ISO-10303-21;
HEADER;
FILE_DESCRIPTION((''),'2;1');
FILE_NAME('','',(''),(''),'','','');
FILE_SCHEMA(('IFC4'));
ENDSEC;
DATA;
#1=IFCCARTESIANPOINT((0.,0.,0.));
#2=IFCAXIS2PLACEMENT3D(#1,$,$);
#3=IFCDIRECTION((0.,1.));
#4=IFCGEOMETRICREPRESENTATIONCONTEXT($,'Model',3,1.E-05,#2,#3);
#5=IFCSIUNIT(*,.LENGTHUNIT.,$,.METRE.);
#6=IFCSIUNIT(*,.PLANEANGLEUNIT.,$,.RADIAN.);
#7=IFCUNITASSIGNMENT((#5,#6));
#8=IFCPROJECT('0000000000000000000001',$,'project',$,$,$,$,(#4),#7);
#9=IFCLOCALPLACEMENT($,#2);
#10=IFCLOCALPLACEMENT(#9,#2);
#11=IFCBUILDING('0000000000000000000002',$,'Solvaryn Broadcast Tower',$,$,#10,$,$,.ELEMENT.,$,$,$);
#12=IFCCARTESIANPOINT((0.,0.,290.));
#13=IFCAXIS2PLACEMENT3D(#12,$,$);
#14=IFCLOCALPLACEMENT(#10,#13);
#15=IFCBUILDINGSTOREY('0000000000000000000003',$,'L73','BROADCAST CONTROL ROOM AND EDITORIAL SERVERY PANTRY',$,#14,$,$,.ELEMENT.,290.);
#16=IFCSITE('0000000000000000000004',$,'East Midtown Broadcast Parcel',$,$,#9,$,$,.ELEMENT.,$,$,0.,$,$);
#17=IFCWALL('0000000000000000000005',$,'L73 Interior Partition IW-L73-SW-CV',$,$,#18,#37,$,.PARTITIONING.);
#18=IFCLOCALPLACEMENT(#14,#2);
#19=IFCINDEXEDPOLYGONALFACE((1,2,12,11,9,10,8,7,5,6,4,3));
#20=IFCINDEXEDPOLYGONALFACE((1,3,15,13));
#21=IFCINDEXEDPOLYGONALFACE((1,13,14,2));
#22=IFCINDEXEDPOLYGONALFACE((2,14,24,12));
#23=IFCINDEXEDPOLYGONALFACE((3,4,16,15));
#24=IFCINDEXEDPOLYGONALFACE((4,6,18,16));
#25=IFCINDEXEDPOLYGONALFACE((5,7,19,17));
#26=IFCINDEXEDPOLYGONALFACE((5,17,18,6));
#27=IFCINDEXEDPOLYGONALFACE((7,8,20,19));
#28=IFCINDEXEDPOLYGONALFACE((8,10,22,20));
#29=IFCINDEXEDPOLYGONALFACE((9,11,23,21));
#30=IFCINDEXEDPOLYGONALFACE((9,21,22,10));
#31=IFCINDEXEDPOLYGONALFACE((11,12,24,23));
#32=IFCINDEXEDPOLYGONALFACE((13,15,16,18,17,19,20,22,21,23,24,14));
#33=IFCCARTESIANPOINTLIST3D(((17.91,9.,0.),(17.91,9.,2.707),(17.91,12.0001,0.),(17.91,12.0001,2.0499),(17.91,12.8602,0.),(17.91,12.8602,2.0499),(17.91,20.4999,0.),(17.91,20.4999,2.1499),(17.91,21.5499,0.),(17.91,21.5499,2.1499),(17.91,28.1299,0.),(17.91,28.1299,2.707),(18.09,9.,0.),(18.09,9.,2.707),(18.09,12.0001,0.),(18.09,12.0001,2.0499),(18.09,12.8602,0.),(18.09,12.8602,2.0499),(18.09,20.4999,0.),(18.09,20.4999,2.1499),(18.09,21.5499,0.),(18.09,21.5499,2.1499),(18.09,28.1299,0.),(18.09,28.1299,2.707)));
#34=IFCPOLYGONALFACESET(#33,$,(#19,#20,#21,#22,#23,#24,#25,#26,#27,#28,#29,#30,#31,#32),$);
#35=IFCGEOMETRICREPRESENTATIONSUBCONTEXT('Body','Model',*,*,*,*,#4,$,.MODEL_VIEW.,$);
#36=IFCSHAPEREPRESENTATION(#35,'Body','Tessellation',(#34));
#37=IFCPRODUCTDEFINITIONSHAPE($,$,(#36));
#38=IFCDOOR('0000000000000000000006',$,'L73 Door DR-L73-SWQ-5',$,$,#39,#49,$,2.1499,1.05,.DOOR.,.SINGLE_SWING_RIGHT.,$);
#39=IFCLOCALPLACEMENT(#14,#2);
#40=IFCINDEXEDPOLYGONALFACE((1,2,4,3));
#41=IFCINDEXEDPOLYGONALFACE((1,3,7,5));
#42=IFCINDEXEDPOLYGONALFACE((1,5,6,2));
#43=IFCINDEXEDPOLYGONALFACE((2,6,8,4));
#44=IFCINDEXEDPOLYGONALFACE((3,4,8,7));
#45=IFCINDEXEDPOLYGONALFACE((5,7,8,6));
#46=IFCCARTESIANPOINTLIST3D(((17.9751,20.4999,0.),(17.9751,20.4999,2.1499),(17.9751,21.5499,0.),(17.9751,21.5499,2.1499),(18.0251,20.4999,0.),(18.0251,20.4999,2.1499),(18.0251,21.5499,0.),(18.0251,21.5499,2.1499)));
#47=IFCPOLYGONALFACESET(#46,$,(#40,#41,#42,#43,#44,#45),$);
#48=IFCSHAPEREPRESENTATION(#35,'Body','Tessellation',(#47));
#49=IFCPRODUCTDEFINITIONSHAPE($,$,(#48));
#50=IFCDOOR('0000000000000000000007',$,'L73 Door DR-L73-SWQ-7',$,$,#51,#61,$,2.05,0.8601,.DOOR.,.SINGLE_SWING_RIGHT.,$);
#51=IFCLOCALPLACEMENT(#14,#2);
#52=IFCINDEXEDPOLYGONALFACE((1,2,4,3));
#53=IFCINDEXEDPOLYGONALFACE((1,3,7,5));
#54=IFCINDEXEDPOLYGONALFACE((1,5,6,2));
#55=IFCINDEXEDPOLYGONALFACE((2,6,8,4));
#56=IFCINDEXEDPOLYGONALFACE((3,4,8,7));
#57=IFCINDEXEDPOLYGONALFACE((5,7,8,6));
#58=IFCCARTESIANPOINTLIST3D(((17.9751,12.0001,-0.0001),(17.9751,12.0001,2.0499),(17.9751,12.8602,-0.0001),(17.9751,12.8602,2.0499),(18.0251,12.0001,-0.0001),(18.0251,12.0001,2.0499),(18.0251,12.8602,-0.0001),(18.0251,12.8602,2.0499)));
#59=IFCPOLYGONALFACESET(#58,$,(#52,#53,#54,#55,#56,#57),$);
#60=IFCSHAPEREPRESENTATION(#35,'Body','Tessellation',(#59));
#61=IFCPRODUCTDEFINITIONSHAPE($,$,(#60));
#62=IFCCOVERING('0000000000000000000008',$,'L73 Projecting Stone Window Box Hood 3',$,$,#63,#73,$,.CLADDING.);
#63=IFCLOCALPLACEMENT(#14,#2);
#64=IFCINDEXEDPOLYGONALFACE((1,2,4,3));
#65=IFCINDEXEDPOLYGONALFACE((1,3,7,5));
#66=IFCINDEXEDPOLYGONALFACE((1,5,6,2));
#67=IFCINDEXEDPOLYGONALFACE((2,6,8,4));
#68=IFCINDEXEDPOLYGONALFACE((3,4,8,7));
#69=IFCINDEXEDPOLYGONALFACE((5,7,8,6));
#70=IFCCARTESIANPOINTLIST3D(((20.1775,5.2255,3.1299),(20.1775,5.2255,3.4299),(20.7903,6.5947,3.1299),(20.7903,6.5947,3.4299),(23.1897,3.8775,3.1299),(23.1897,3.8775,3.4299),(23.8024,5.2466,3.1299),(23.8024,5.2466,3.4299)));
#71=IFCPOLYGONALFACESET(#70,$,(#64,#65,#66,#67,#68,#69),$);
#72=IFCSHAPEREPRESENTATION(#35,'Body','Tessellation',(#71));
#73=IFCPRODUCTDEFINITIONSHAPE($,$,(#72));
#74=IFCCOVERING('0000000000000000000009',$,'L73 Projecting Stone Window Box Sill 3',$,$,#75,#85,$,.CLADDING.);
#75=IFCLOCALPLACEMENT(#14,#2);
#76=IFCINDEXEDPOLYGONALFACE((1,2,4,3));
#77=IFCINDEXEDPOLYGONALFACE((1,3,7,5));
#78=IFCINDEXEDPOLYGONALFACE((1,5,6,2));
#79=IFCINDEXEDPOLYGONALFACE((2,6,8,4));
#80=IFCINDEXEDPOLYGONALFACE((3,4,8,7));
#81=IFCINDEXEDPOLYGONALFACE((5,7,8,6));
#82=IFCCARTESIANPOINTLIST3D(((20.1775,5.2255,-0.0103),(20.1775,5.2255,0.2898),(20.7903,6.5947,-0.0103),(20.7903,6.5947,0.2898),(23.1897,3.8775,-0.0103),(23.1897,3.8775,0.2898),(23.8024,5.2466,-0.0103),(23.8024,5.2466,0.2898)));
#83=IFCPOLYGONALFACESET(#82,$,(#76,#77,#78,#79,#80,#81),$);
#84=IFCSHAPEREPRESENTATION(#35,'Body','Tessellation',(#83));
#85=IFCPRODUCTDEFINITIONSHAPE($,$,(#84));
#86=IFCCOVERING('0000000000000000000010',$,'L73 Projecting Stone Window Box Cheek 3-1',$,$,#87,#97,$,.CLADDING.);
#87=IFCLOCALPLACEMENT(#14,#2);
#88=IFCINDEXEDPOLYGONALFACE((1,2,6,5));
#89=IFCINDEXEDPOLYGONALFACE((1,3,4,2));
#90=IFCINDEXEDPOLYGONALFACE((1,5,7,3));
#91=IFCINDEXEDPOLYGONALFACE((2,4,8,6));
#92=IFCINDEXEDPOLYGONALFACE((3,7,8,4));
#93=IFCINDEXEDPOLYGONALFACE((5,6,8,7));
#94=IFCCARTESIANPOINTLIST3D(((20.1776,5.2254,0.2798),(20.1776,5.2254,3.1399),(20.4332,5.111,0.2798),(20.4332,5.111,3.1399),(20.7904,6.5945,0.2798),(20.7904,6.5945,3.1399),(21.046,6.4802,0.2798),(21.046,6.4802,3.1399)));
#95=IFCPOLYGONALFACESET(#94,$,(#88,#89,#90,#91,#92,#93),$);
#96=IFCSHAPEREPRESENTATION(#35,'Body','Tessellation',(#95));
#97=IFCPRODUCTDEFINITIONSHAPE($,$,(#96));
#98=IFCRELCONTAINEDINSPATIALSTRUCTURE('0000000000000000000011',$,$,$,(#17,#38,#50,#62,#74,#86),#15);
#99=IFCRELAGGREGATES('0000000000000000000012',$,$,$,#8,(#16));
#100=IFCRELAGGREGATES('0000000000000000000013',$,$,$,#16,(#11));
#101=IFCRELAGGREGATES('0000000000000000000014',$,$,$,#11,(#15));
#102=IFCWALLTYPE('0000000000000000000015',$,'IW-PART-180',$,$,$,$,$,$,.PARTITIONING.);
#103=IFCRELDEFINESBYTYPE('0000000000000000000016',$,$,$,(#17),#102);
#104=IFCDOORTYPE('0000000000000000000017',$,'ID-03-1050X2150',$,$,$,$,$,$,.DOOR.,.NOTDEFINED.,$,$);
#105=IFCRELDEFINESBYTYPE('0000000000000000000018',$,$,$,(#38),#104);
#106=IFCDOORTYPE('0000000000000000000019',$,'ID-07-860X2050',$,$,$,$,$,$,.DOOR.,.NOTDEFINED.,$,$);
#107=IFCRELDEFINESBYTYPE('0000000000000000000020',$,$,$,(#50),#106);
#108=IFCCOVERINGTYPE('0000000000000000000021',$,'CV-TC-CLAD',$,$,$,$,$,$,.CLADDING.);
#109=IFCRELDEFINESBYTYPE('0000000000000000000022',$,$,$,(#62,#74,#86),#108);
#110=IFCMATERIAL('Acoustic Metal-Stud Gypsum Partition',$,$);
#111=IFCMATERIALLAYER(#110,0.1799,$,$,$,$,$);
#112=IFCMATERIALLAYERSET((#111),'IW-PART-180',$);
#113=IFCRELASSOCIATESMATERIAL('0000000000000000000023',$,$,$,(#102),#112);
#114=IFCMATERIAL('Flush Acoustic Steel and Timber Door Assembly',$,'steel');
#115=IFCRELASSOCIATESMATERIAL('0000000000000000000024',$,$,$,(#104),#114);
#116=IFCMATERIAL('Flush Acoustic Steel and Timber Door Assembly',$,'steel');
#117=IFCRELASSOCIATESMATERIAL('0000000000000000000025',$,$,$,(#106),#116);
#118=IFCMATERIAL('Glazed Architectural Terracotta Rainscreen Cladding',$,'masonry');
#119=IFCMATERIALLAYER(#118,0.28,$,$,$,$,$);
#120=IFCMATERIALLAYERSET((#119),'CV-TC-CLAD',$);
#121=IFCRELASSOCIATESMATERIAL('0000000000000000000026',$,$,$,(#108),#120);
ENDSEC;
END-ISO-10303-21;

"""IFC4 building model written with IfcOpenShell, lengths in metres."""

from ifc_helpers import new_model, si_unit, direction, frame, frame_2d, origin, origin_2d, place, context, subcontext, project, spatial, rectangle, extrude, material, layer, layer_set, type_object, element, fill, save


model = new_model("IFC4")

# Units and contexts
model_context = context("Model", 3, precision=1e-05, world=origin(), true_north=direction((0.0, 1.0)))
body_context = subcontext(model_context, "Body", "Model", "MODEL_VIEW")
ifc_project = project(units=[si_unit("LENGTHUNIT", "METRE"), si_unit("PLANEANGLEUNIT", "RADIAN")], contexts=[model_context])

# Site, building, storey
site_placement = place(None, origin())
site = spatial("IfcSite", under=ifc_project, at=site_placement, Name="East Midtown Broadcast Parcel", CompositionType="ELEMENT", RefElevation=0.0)
building_placement = place(site_placement, origin())
building = spatial("IfcBuilding", under=site, at=building_placement, Name="Solvaryn Broadcast Tower", CompositionType="ELEMENT")
storey_placement = place(building_placement, frame((0.0, 0.0, 290.0)))
storey = spatial("IfcBuildingStorey", under=building, at=storey_placement, Name="L73", Description="BROADCAST CONTROL ROOM AND EDITORIAL SERVERY PANTRY", CompositionType="ELEMENT", Elevation=290.0)

# Wall, openings, doors
ifc_material_1 = material(Name="Acoustic Metal-Stud Gypsum Partition")
ifc_layer_1 = layer(ifc_material_1, 0.1799)
ifc_layer_set_1 = layer_set([ifc_layer_1], Name="IW-PART-180")
wall_type_1 = type_object("IfcWallType", Name="IW-PART-180", PredefinedType="PARTITIONING", material=ifc_layer_set_1)
wall_1_placement = place(storey_placement, frame((18.0, 9.0, 0.0), z_axis=(0.0, 0.0, 1.0), x_axis=(0.0, 1.0, 0.0)))
wall_1 = element("IfcWall", 1, at=wall_1_placement, inside=storey, type_object=wall_type_1, Name="L73 Interior Partition IW-L73-SW-CV", PredefinedType="PARTITIONING", context=body_context, shape_type="SweptSolid", body=[
    extrude(rectangle(XDim=19.1299, YDim=0.1799, at=frame_2d((9.5649, 0.0))), origin(), (0.0, 0.0, 1.0), 2.707),
])
opening_1_placement = place(wall_1_placement, frame((11.5, 0.0, 0.0)))
opening_1 = element("IfcOpeningElement", 2, at=opening_1_placement, cuts=wall_1, PredefinedType="OPENING", context=body_context, shape_type="SweptSolid", body=[
    extrude(rectangle(XDim=1.05, YDim=2.1499, at=frame_2d((0.5249, 1.075))), frame((0.0, 0.0999, 0.0), z_axis=(0.0, -1.0, 0.0), x_axis=(1.0, 0.0, 0.0)), (0.0, 0.0, 1.0), 0.2),
])
opening_2_placement = place(wall_1_placement, frame((3.0, 0.0, 0.0)))
opening_2 = element("IfcOpeningElement", 3, at=opening_2_placement, cuts=wall_1, PredefinedType="OPENING", context=body_context, shape_type="SweptSolid", body=[
    extrude(rectangle(XDim=0.8601, YDim=2.05, at=frame_2d((0.4302, 1.0249))), frame((0.0, 0.0999, 0.0), z_axis=(0.0, -1.0, 0.0), x_axis=(1.0, 0.0, 0.0)), (0.0, 0.0, 1.0), 0.2),
])
ifc_material_2 = material(Name="Flush Acoustic Steel and Timber Door Assembly", Category="steel")
door_type_1 = type_object("IfcDoorType", Name="ID-03-1050X2150", OperationType="NOTDEFINED", PredefinedType="DOOR", material=ifc_material_2)
door_1_placement = place(opening_1_placement, origin())
door_1 = element("IfcDoor", 4, at=door_1_placement, inside=storey, type_object=door_type_1, Name="L73 Door DR-L73-SWQ-5", OperationType="SINGLE_SWING_RIGHT", OverallHeight=2.1499, OverallWidth=1.05, PredefinedType="DOOR", context=body_context, shape_type="SweptSolid", body=[
    extrude(rectangle(XDim=1.05, YDim=2.1499, at=frame_2d((0.5249, 1.075))), frame((0.0, 0.0249, 0.0), z_axis=(0.0, -1.0, 0.0), x_axis=(1.0, 0.0, 0.0)), (0.0, 0.0, 1.0), 0.05),
])
fill(opening_1, door_1)
ifc_material_3 = material(Name="Flush Acoustic Steel and Timber Door Assembly", Category="steel")
door_type_2 = type_object("IfcDoorType", Name="ID-07-860X2050", OperationType="NOTDEFINED", PredefinedType="DOOR", material=ifc_material_3)
door_2_placement = place(opening_2_placement, origin())
door_2 = element("IfcDoor", 5, at=door_2_placement, inside=storey, type_object=door_type_2, Name="L73 Door DR-L73-SWQ-7", OperationType="SINGLE_SWING_RIGHT", OverallHeight=2.05, OverallWidth=0.8601, PredefinedType="DOOR", context=body_context, shape_type="SweptSolid", body=[
    extrude(rectangle(XDim=0.8601, YDim=2.05, at=frame_2d((0.4302, 1.0249))), frame((0.0, 0.0249, 0.0), z_axis=(0.0, -1.0, 0.0), x_axis=(1.0, 0.0, 0.0)), (0.0, 0.0, 1.0), 0.05),
])
fill(opening_2, door_2)

# Coverings
ifc_material_4 = material(Name="Glazed Architectural Terracotta Rainscreen Cladding", Category="masonry")
ifc_layer_2 = layer(ifc_material_4, 0.28)
ifc_layer_set_2 = layer_set([ifc_layer_2], Name="CV-TC-CLAD")
covering_type = type_object("IfcCoveringType", Name="CV-TC-CLAD", PredefinedType="CLADDING", material=ifc_layer_set_2)
for number, where, z_axis, x_axis, name in (
    (6, (21.99, 5.2361, 3.1299), (0.0, 0.0, 1.0), (0.912763, -0.40849, 0.0), "L73 Projecting Stone Window Box Hood 3"),
    (7, (21.99, 5.2361, -0.0103), (0.0, 0.0, 1.0), (0.912763, -0.40849, 0.0), "L73 Projecting Stone Window Box Sill 3"),
):
    element("IfcCovering", number, at=place(storey_placement, frame(where, z_axis=z_axis, x_axis=x_axis)), inside=storey, type_object=covering_type, Name=name, PredefinedType="CLADDING", context=body_context, shape_type="SweptSolid", body=[
        extrude(rectangle(XDim=3.3, YDim=1.5, at=origin_2d()), origin(), (0.0, 0.0, 1.0), 0.3),
    ])
covering_placement = place(storey_placement, frame((20.6118, 5.8528, 0.2798), z_axis=(0.0, 0.0, 1.0), x_axis=(0.912763, -0.40849, 0.0)))
element("IfcCovering", 8, at=covering_placement, inside=storey, type_object=covering_type, Name="L73 Projecting Stone Window Box Cheek 3-1", PredefinedType="CLADDING", context=body_context, shape_type="SweptSolid", body=[
    extrude(rectangle(XDim=0.28, YDim=1.5, at=origin_2d()), origin(), (0.0, 0.0, 1.0), 2.8601),
])

save(model, "model.ifc")
